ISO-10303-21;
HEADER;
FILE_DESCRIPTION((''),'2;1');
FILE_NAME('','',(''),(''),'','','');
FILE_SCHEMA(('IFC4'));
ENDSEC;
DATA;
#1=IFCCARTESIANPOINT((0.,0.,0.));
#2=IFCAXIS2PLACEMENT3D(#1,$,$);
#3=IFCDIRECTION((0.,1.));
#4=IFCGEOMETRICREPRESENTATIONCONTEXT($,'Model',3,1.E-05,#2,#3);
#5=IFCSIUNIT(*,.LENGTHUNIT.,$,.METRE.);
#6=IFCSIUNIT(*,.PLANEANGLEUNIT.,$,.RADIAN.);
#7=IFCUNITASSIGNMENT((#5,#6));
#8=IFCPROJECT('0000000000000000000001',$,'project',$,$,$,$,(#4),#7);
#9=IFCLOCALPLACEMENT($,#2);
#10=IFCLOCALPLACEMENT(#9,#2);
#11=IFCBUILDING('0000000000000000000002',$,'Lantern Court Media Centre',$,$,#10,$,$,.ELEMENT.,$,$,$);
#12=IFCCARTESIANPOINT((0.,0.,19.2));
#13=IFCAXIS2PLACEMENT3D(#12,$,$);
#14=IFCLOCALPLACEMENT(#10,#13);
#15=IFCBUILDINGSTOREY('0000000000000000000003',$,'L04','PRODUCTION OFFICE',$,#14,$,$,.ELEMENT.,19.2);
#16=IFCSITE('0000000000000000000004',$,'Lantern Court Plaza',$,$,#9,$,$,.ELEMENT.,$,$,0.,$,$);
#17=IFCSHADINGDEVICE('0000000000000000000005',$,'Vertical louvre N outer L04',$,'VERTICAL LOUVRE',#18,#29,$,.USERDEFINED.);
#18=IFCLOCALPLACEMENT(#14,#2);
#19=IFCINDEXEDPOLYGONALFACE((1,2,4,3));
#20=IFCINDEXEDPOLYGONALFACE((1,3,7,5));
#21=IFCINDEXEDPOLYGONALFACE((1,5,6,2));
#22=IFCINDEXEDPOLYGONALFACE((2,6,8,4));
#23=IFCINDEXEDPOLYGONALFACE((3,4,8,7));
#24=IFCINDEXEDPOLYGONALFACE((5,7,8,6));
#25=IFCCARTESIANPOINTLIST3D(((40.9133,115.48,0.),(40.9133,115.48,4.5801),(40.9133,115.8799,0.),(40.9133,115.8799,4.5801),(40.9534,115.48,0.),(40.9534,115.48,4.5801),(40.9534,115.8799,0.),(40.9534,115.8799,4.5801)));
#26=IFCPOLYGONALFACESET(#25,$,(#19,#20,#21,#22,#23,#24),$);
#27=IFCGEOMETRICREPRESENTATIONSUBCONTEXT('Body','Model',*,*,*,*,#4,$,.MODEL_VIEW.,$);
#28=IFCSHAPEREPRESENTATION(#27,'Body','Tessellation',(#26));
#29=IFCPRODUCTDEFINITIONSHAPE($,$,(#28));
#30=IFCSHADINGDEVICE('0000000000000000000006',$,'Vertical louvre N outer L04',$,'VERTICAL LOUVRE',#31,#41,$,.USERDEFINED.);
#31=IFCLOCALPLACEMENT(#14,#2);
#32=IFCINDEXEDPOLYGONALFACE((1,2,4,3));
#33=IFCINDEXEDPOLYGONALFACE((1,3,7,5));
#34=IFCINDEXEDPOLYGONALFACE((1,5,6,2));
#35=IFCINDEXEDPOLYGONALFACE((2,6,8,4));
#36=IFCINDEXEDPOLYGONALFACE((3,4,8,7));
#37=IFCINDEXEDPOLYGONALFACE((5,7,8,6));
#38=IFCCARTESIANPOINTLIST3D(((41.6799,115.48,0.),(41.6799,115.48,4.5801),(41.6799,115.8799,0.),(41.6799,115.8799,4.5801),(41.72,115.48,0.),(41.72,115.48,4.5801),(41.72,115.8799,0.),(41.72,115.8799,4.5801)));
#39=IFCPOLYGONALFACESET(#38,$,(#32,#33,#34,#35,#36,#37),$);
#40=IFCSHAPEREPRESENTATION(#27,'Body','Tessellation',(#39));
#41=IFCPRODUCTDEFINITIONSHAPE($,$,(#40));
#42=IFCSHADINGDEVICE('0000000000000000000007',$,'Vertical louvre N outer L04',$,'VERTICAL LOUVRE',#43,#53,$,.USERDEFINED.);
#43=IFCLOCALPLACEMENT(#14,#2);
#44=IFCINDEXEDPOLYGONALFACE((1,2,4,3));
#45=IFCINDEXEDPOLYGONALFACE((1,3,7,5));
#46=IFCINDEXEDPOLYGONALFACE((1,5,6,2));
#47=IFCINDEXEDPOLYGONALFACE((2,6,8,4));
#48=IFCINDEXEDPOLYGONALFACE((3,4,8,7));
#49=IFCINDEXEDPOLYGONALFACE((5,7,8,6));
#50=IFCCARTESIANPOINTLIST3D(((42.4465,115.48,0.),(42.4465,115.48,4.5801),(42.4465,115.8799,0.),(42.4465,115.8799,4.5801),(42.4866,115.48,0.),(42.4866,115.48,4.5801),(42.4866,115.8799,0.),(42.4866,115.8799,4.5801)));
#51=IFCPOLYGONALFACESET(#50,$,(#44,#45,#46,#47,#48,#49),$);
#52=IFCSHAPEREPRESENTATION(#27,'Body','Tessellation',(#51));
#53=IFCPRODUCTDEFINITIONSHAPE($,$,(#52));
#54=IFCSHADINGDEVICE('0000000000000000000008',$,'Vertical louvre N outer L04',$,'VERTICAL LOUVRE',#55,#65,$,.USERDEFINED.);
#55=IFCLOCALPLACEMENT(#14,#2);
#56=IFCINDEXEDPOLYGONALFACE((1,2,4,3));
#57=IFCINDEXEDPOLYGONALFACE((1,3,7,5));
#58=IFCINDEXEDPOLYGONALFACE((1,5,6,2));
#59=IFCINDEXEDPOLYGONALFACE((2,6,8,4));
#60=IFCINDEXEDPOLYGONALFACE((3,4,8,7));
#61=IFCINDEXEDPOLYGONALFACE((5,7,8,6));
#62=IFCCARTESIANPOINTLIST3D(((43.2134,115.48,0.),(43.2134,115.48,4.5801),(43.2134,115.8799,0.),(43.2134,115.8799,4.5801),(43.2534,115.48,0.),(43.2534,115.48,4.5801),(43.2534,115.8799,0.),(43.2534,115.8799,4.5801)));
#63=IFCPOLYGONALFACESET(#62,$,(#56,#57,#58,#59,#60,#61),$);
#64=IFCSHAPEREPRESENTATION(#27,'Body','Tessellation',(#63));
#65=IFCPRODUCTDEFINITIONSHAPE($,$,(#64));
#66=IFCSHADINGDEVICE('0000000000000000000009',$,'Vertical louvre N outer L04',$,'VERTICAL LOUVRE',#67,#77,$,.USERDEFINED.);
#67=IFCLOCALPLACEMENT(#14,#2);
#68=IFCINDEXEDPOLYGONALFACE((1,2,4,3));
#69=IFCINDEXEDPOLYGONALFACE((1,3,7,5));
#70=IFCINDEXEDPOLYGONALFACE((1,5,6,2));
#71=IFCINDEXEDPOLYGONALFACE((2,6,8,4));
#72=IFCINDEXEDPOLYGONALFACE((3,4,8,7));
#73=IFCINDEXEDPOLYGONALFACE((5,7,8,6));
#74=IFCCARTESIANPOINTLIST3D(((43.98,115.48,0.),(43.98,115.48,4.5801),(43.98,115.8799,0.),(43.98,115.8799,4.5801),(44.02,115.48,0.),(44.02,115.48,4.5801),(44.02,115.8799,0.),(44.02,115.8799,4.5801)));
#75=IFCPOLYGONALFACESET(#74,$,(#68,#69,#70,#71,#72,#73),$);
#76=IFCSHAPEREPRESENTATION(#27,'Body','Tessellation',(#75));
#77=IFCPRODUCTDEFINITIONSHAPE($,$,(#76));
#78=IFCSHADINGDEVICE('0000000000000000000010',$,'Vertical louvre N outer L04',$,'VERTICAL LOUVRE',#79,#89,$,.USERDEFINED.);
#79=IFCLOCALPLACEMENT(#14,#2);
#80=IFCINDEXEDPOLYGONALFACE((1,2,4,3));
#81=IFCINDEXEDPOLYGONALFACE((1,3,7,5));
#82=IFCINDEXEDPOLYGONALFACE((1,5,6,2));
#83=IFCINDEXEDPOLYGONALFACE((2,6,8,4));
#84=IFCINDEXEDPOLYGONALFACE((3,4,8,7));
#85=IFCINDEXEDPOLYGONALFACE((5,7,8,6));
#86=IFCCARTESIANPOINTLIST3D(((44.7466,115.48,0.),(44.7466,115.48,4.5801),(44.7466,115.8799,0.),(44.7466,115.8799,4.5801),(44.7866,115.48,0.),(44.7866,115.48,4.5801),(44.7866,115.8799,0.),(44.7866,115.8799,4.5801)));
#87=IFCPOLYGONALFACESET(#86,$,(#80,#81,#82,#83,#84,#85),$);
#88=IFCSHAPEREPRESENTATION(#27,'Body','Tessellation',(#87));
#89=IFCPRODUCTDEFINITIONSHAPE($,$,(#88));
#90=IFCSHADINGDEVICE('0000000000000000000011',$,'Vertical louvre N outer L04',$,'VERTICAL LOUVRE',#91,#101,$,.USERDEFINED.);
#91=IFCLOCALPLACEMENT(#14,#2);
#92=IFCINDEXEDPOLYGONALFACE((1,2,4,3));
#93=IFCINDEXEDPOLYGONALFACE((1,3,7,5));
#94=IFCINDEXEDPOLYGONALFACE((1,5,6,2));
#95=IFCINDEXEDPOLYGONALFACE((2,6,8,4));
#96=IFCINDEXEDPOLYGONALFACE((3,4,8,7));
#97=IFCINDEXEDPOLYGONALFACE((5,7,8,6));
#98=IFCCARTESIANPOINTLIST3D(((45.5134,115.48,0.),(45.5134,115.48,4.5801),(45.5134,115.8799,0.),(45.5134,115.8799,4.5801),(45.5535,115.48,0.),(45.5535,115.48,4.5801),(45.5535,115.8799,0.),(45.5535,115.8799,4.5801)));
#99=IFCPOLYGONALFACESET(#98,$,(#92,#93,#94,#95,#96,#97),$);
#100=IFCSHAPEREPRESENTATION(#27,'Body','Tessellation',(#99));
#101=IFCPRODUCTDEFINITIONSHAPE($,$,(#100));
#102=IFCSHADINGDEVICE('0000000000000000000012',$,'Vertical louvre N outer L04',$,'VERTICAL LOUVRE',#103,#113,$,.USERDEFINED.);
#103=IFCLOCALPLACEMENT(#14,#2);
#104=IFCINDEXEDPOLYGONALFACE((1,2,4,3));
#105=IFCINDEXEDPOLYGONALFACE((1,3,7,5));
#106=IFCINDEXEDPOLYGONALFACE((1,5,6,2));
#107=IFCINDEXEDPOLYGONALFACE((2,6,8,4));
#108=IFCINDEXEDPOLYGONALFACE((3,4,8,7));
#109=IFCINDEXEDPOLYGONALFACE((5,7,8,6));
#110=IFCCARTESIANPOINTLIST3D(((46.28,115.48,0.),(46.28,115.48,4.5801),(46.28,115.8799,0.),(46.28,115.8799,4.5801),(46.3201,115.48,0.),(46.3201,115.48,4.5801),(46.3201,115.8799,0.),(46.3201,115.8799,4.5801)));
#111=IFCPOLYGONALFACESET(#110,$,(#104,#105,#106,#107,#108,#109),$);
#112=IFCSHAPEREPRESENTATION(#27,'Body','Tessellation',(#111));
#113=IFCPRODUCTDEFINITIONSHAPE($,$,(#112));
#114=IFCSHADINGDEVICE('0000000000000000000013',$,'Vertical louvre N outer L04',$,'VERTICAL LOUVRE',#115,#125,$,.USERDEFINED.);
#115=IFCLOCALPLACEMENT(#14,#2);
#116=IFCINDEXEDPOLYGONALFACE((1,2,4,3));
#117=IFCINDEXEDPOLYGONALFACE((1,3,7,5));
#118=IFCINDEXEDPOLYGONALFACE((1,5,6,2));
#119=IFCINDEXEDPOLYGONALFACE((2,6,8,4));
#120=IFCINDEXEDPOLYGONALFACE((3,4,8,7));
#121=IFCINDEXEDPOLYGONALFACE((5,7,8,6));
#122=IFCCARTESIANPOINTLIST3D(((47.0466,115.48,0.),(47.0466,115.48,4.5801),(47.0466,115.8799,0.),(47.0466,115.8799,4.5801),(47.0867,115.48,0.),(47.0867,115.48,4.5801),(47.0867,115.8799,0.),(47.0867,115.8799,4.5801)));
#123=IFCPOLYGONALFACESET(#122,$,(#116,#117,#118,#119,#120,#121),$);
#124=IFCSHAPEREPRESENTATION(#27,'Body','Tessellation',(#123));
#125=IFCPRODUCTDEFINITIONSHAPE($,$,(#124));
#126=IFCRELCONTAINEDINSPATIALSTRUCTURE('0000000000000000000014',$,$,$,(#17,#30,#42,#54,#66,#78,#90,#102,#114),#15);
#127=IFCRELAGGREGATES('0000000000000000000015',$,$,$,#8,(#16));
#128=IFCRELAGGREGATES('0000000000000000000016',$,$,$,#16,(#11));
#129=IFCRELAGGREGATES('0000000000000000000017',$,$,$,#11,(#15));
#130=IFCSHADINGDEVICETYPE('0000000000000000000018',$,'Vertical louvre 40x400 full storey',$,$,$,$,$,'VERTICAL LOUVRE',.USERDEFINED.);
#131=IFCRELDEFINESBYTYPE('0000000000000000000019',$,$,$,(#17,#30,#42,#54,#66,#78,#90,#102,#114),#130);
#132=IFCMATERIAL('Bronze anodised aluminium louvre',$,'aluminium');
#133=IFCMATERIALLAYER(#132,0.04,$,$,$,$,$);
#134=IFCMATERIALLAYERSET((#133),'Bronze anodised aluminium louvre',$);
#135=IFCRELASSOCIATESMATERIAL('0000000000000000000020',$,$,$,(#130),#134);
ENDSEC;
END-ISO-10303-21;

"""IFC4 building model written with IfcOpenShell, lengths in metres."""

from ifc_helpers import new_model, si_unit, direction, frame, origin, origin_2d, place, context, subcontext, project, spatial, rectangle, extrude, material, layer, layer_set, type_object, element, save


model = new_model("IFC4")

# Units and contexts
model_context = context("Model", 3, precision=1e-05, world=origin(), true_north=direction((0.0, 1.0)))
body_context = subcontext(model_context, "Body", "Model", "MODEL_VIEW")
ifc_project = project(units=[si_unit("LENGTHUNIT", "METRE"), si_unit("PLANEANGLEUNIT", "RADIAN")], contexts=[model_context])

# Site, building, storey
site_placement = place(None, origin())
site = spatial("IfcSite", under=ifc_project, at=site_placement, Name="Lantern Court Plaza", CompositionType="ELEMENT", RefElevation=0.0)
building_placement = place(site_placement, origin())
building = spatial("IfcBuilding", under=site, at=building_placement, Name="Lantern Court Media Centre", CompositionType="ELEMENT")
storey_placement = place(building_placement, frame((0.0, 0.0, 19.2)))
storey = spatial("IfcBuildingStorey", under=building, at=storey_placement, Name="L04", Description="PRODUCTION OFFICE", CompositionType="ELEMENT", Elevation=19.2)

# Shading devices
ifc_material_1 = material(Name="Bronze anodised aluminium louvre", Category="aluminium")
ifc_layer_1 = layer(ifc_material_1, 0.04)
ifc_layer_set_1 = layer_set([ifc_layer_1], Name="Bronze anodised aluminium louvre")
shading_device_type = type_object("IfcShadingDeviceType", Name="Vertical louvre 40x400 full storey", ElementType="VERTICAL LOUVRE", PredefinedType="USERDEFINED", material=ifc_layer_set_1)
for number, where, z_axis, x_axis, name in (
    (1, (40.9333, 115.6799, 0.0), (0.0, 0.0, 1.0), (1.0, 0.0, 0.0), "Vertical louvre N outer L04"),
    (2, (41.7, 115.6799, 0.0), (0.0, 0.0, 1.0), (1.0, 0.0, 0.0), "Vertical louvre N outer L04"),
    (3, (42.4666, 115.6799, 0.0), (0.0, 0.0, 1.0), (1.0, 0.0, 0.0), "Vertical louvre N outer L04"),
    (4, (43.2334, 115.6799, 0.0), (0.0, 0.0, 1.0), (1.0, 0.0, 0.0), "Vertical louvre N outer L04"),
    (5, (44.0, 115.6799, 0.0), (0.0, 0.0, 1.0), (1.0, 0.0, 0.0), "Vertical louvre N outer L04"),
    (6, (44.7666, 115.6799, 0.0), (0.0, 0.0, 1.0), (1.0, 0.0, 0.0), "Vertical louvre N outer L04"),
    (7, (45.5334, 115.6799, 0.0), (0.0, 0.0, 1.0), (1.0, 0.0, 0.0), "Vertical louvre N outer L04"),
    (8, (46.3, 115.6799, 0.0), (0.0, 0.0, 1.0), (1.0, 0.0, 0.0), "Vertical louvre N outer L04"),
    (9, (47.0667, 115.6799, 0.0), (0.0, 0.0, 1.0), (1.0, 0.0, 0.0), "Vertical louvre N outer L04"),
):
    element("IfcShadingDevice", number, at=place(storey_placement, frame(where, z_axis=z_axis, x_axis=x_axis)), inside=storey, type_object=shading_device_type, Name=name, ObjectType="VERTICAL LOUVRE", PredefinedType="USERDEFINED", context=body_context, shape_type="SweptSolid", body=[
        extrude(rectangle(XDim=0.04, YDim=0.3999, at=origin_2d()), origin(), (0.0, 0.0, 1.0), 4.5801),
    ])

save(model, "model.ifc")
